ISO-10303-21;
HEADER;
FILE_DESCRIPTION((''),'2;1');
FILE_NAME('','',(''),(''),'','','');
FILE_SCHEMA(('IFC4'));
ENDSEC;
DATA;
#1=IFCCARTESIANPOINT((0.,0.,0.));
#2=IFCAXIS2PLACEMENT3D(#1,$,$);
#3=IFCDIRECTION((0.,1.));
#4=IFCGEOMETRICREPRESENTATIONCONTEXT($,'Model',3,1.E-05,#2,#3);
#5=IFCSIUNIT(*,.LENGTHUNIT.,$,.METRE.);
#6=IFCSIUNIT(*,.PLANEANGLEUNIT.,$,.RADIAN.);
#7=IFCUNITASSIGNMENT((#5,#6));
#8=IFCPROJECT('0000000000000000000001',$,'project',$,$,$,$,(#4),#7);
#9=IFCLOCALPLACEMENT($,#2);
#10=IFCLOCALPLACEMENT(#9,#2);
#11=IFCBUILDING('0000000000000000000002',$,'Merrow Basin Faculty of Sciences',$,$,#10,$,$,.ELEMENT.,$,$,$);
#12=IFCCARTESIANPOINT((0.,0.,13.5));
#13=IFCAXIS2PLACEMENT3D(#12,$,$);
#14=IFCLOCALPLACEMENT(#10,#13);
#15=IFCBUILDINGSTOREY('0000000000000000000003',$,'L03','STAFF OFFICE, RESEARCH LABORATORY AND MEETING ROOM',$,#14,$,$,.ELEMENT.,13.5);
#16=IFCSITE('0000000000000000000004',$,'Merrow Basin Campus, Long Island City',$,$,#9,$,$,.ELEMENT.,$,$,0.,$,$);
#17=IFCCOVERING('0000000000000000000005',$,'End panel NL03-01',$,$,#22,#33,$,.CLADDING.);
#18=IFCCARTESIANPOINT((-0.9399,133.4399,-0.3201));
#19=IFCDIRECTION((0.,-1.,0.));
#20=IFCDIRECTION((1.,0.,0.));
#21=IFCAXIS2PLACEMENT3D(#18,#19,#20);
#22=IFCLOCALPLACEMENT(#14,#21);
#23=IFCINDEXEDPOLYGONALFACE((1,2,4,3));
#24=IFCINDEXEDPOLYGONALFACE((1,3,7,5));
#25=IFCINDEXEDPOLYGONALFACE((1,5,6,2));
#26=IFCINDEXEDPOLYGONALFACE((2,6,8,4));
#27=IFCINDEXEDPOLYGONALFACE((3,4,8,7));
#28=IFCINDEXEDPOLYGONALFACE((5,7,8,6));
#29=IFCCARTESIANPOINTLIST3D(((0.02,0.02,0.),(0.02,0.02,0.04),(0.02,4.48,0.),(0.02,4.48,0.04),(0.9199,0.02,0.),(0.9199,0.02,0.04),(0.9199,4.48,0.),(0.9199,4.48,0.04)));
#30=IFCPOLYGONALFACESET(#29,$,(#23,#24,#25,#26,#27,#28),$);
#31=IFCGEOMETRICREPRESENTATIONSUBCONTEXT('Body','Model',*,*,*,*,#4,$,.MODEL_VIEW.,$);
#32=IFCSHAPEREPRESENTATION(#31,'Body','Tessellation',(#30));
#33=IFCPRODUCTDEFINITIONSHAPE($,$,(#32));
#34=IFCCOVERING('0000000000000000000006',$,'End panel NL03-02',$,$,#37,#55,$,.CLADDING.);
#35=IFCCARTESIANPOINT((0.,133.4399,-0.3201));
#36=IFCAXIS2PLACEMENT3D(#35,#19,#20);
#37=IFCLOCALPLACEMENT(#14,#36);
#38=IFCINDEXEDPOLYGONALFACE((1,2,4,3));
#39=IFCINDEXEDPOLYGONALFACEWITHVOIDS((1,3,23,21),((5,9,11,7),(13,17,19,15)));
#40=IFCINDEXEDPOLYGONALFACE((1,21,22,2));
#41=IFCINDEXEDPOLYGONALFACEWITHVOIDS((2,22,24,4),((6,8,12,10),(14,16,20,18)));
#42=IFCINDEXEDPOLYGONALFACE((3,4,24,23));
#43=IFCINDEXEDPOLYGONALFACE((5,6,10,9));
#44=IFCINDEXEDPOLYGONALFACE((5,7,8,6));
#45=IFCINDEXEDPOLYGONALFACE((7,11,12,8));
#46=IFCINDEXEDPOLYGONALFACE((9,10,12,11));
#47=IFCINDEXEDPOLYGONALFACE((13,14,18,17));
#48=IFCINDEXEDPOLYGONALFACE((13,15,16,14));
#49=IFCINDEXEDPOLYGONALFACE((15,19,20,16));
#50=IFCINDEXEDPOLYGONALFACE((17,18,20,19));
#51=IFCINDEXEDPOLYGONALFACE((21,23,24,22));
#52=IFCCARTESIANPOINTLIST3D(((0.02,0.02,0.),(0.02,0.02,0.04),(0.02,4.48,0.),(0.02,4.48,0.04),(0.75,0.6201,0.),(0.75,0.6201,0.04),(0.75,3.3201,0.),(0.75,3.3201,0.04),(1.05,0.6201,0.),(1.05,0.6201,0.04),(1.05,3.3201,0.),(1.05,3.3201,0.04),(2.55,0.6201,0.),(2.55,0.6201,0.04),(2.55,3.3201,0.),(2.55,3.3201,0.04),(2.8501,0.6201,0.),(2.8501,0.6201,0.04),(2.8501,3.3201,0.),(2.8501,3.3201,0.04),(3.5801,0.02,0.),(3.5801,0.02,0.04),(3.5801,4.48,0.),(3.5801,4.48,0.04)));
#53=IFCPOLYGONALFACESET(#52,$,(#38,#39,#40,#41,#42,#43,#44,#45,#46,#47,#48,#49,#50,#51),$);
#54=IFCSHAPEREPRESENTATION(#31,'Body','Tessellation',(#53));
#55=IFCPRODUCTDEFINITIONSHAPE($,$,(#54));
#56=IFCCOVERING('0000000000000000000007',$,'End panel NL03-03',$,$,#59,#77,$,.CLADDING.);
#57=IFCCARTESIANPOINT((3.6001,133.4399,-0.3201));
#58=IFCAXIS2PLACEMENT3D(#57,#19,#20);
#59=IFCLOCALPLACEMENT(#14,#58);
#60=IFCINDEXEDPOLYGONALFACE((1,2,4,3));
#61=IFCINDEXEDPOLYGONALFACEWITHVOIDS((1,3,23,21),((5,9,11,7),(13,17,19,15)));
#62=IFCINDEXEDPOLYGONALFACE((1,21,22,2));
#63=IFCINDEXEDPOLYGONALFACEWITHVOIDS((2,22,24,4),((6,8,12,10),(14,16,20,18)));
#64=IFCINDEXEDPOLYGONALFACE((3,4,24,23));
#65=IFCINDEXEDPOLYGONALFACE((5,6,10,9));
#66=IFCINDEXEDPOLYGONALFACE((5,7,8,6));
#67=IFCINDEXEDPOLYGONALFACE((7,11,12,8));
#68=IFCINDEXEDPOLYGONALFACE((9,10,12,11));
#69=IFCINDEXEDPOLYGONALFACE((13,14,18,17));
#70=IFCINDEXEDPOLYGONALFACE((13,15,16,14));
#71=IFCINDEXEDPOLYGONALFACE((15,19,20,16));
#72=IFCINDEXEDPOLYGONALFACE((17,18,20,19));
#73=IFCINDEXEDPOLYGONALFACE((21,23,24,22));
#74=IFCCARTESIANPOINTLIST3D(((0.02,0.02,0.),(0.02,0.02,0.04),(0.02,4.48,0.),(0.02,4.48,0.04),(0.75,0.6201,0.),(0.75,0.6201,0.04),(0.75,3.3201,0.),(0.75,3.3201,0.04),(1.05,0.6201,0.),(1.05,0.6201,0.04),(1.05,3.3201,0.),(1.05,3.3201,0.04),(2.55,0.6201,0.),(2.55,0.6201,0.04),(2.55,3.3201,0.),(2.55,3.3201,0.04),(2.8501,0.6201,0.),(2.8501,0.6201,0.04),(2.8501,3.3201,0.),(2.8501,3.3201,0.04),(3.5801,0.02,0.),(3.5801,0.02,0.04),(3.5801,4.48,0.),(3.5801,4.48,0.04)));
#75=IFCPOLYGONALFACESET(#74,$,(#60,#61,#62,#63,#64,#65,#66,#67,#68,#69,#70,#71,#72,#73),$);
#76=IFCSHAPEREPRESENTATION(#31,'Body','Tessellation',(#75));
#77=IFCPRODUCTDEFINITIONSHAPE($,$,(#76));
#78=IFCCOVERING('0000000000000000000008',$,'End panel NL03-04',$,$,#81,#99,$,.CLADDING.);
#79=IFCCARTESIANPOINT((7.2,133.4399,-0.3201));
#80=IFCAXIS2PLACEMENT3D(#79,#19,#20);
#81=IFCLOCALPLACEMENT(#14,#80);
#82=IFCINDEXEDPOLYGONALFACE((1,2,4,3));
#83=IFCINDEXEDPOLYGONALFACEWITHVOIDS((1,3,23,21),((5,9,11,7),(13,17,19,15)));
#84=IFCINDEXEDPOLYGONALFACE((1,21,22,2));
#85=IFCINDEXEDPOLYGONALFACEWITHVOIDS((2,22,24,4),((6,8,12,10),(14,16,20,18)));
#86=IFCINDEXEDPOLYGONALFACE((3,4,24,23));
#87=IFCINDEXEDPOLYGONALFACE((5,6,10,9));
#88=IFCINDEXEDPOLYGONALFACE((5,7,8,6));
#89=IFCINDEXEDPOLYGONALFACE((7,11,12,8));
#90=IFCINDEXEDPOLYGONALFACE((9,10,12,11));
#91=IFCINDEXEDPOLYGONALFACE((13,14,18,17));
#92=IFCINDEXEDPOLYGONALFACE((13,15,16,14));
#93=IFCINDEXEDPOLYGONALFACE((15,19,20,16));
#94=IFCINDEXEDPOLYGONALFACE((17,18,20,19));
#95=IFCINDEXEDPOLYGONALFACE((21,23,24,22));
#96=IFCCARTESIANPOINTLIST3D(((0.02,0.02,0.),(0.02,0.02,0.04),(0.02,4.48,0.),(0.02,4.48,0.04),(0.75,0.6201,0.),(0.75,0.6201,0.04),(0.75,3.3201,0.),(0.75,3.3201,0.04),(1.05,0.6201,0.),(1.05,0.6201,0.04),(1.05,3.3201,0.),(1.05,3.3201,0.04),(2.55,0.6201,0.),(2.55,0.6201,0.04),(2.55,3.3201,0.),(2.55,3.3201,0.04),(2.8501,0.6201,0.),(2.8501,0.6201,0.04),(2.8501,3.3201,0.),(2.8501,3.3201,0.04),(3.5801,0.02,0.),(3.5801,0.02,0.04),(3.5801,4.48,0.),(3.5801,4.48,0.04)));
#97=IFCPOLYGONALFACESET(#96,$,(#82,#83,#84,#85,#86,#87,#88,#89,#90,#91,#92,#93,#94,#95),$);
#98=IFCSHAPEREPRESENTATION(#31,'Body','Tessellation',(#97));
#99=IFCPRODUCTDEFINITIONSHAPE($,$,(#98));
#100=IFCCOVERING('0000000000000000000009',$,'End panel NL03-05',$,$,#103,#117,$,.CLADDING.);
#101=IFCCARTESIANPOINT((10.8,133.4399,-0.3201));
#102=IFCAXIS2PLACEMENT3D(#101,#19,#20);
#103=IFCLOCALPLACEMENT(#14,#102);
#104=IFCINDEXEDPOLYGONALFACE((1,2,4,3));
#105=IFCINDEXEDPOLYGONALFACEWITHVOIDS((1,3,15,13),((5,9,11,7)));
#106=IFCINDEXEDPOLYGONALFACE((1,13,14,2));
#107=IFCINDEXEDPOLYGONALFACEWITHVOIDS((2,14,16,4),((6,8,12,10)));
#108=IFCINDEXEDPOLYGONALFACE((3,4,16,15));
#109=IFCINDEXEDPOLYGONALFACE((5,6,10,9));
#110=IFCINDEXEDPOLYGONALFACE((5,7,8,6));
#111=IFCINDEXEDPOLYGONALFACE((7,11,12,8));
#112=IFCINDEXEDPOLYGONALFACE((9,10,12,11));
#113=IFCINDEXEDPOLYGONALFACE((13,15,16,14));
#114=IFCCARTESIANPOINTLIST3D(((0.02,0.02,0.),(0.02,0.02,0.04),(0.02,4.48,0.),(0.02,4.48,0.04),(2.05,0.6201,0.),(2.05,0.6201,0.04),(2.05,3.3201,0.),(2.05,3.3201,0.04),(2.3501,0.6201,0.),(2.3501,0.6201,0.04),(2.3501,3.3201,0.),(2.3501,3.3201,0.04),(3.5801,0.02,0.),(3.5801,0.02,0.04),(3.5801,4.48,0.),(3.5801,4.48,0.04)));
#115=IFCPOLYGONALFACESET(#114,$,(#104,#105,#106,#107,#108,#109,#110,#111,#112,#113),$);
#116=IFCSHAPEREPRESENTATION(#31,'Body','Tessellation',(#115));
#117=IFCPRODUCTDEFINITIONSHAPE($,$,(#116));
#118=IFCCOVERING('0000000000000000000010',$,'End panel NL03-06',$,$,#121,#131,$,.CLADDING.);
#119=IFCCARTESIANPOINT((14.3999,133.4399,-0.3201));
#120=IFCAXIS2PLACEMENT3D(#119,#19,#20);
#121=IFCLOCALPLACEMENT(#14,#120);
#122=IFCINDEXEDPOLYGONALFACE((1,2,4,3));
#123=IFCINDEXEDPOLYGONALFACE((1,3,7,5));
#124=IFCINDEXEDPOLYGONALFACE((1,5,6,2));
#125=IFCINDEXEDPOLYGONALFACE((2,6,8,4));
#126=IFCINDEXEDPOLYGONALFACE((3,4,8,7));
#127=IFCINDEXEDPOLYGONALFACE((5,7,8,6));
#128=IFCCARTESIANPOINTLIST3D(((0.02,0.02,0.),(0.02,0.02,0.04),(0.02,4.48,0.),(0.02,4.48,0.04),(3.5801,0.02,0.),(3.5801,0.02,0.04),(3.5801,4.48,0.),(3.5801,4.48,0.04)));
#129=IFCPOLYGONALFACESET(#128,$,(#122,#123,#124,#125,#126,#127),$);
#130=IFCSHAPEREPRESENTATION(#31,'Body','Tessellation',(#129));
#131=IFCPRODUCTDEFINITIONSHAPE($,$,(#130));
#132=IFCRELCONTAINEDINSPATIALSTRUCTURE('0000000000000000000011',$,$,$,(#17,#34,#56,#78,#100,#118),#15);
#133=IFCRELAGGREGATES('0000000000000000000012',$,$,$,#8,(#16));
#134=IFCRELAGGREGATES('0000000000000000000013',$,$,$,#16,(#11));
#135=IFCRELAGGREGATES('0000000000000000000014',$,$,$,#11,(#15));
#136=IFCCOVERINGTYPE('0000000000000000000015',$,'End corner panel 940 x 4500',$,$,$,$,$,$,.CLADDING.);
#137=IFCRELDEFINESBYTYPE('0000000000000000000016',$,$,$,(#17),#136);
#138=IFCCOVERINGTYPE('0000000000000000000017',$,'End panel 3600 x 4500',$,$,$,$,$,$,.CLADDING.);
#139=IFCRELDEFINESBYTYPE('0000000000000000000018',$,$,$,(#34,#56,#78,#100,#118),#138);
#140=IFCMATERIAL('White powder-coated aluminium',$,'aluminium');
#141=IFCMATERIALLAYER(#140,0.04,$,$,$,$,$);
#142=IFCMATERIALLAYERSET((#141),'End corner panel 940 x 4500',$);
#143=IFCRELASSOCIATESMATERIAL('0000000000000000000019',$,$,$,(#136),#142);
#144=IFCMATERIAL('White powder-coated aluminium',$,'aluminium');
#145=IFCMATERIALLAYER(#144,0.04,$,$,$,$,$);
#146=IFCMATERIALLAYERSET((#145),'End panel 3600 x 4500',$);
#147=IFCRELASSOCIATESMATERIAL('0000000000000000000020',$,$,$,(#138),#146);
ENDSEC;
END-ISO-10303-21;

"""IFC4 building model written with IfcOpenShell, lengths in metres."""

from ifc_helpers import new_model, si_unit, direction, frame, origin, place, context, subcontext, project, spatial, polyline, outline, extrude, source, transform, mapped, material, layer, layer_set, type_object, element, save


model = new_model("IFC4")

# Units and contexts
model_context = context("Model", 3, precision=1e-05, world=origin(), true_north=direction((0.0, 1.0)))
body_context = subcontext(model_context, "Body", "Model", "MODEL_VIEW")
ifc_project = project(units=[si_unit("LENGTHUNIT", "METRE"), si_unit("PLANEANGLEUNIT", "RADIAN")], contexts=[model_context])

# Site, building, storey
site_placement = place(None, origin())
site = spatial("IfcSite", under=ifc_project, at=site_placement, Name="Merrow Basin Campus, Long Island City", CompositionType="ELEMENT", RefElevation=0.0)
building_placement = place(site_placement, origin())
building = spatial("IfcBuilding", under=site, at=building_placement, Name="Merrow Basin Faculty of Sciences", CompositionType="ELEMENT")
storey_placement = place(building_placement, frame((0.0, 0.0, 13.5)))
storey = spatial("IfcBuildingStorey", under=building, at=storey_placement, Name="L03", Description="STAFF OFFICE, RESEARCH LABORATORY AND MEETING ROOM", CompositionType="ELEMENT", Elevation=13.5)

# Coverings
ifc_material_1 = material(Name="White powder-coated aluminium", Category="aluminium")
ifc_layer_1 = layer(ifc_material_1, 0.04)
ifc_layer_set_1 = layer_set([ifc_layer_1], Name="End corner panel 940 x 4500")
covering_type_1 = type_object("IfcCoveringType", Name="End corner panel 940 x 4500", PredefinedType="CLADDING", material=ifc_layer_set_1)
shared_shape_1 = source(origin(), body_context, "Body", "SweptSolid", [
    extrude(outline(polyline([(0.02, 0.02), (0.9199, 0.02), (0.9199, 4.48), (0.02, 4.48), (0.02, 0.02)])), origin(), (0.0, 0.0, 1.0), 0.04),
])
covering_1_placement = place(storey_placement, frame((-0.9399, 133.4399, -0.3201), z_axis=(0.0, -1.0, 0.0), x_axis=(1.0, 0.0, 0.0)))
element("IfcCovering", 1, at=covering_1_placement, inside=storey, type_object=covering_type_1, Name="End panel NL03-01", PredefinedType="CLADDING", context=body_context, shape_type="MappedRepresentation", body=[
    mapped(shared_shape_1, transform((0.0, 0.0, 0.0), scale=1.0)),
])
ifc_material_2 = material(Name="White powder-coated aluminium", Category="aluminium")
ifc_layer_2 = layer(ifc_material_2, 0.04)
ifc_layer_set_2 = layer_set([ifc_layer_2], Name="End panel 3600 x 4500")
covering_type_2 = type_object("IfcCoveringType", Name="End panel 3600 x 4500", PredefinedType="CLADDING", material=ifc_layer_set_2)
shared_shape_2 = source(origin(), body_context, "Body", "SweptSolid", [
    extrude(outline(polyline([(0.02, 0.02), (3.5801, 0.02), (3.5801, 4.48), (0.02, 4.48), (0.02, 0.02)]), holes=[polyline([(0.75, 0.6201), (1.05, 0.6201), (1.05, 3.3201), (0.75, 3.3201), (0.75, 0.6201)]), polyline([(2.55, 0.6201), (2.8501, 0.6201), (2.8501, 3.3201), (2.55, 3.3201), (2.55, 0.6201)])]), origin(), (0.0, 0.0, 1.0), 0.04),
])
covering_2_placement = place(storey_placement, frame((0.0, 133.4399, -0.3201), z_axis=(0.0, -1.0, 0.0), x_axis=(1.0, 0.0, 0.0)))
element("IfcCovering", 2, at=covering_2_placement, inside=storey, type_object=covering_type_2, Name="End panel NL03-02", PredefinedType="CLADDING", context=body_context, shape_type="MappedRepresentation", body=[
    mapped(shared_shape_2, transform((0.0, 0.0, 0.0), scale=1.0)),
])
shared_shape_3 = source(origin(), body_context, "Body", "SweptSolid", [
    extrude(outline(polyline([(0.02, 0.02), (3.5801, 0.02), (3.5801, 4.48), (0.02, 4.48), (0.02, 0.02)]), holes=[polyline([(0.75, 0.6201), (1.05, 0.6201), (1.05, 3.3201), (0.75, 3.3201), (0.75, 0.6201)]), polyline([(2.55, 0.6201), (2.8501, 0.6201), (2.8501, 3.3201), (2.55, 3.3201), (2.55, 0.6201)])]), origin(), (0.0, 0.0, 1.0), 0.04),
])
covering_3_placement = place(storey_placement, frame((3.6001, 133.4399, -0.3201), z_axis=(0.0, -1.0, 0.0), x_axis=(1.0, 0.0, 0.0)))
element("IfcCovering", 3, at=covering_3_placement, inside=storey, type_object=covering_type_2, Name="End panel NL03-03", PredefinedType="CLADDING", context=body_context, shape_type="MappedRepresentation", body=[
    mapped(shared_shape_3, transform((0.0, 0.0, 0.0), scale=1.0)),
])
shared_shape_4 = source(origin(), body_context, "Body", "SweptSolid", [
    extrude(outline(polyline([(0.02, 0.02), (3.5801, 0.02), (3.5801, 4.48), (0.02, 4.48), (0.02, 0.02)]), holes=[polyline([(0.75, 0.6201), (1.05, 0.6201), (1.05, 3.3201), (0.75, 3.3201), (0.75, 0.6201)]), polyline([(2.55, 0.6201), (2.8501, 0.6201), (2.8501, 3.3201), (2.55, 3.3201), (2.55, 0.6201)])]), origin(), (0.0, 0.0, 1.0), 0.04),
])
covering_4_placement = place(storey_placement, frame((7.2, 133.4399, -0.3201), z_axis=(0.0, -1.0, 0.0), x_axis=(1.0, 0.0, 0.0)))
element("IfcCovering", 4, at=covering_4_placement, inside=storey, type_object=covering_type_2, Name="End panel NL03-04", PredefinedType="CLADDING", context=body_context, shape_type="MappedRepresentation", body=[
    mapped(shared_shape_4, transform((0.0, 0.0, 0.0), scale=1.0)),
])
shared_shape_5 = source(origin(), body_context, "Body", "SweptSolid", [
    extrude(outline(polyline([(0.02, 0.02), (3.5801, 0.02), (3.5801, 4.48), (0.02, 4.48), (0.02, 0.02)]), holes=[polyline([(2.05, 0.6201), (2.3501, 0.6201), (2.3501, 3.3201), (2.05, 3.3201), (2.05, 0.6201)])]), origin(), (0.0, 0.0, 1.0), 0.04),
])
covering_5_placement = place(storey_placement, frame((10.8, 133.4399, -0.3201), z_axis=(0.0, -1.0, 0.0), x_axis=(1.0, 0.0, 0.0)))
element("IfcCovering", 5, at=covering_5_placement, inside=storey, type_object=covering_type_2, Name="End panel NL03-05", PredefinedType="CLADDING", context=body_context, shape_type="MappedRepresentation", body=[
    mapped(shared_shape_5, transform((0.0, 0.0, 0.0), scale=1.0)),
])
shared_shape_6 = source(origin(), body_context, "Body", "SweptSolid", [
    extrude(outline(polyline([(0.02, 0.02), (3.5801, 0.02), (3.5801, 4.48), (0.02, 4.48), (0.02, 0.02)])), origin(), (0.0, 0.0, 1.0), 0.04),
])
covering_6_placement = place(storey_placement, frame((14.3999, 133.4399, -0.3201), z_axis=(0.0, -1.0, 0.0), x_axis=(1.0, 0.0, 0.0)))
element("IfcCovering", 6, at=covering_6_placement, inside=storey, type_object=covering_type_2, Name="End panel NL03-06", PredefinedType="CLADDING", context=body_context, shape_type="MappedRepresentation", body=[
    mapped(shared_shape_6, transform((0.0, 0.0, 0.0), scale=1.0)),
])

save(model, "model.ifc")
